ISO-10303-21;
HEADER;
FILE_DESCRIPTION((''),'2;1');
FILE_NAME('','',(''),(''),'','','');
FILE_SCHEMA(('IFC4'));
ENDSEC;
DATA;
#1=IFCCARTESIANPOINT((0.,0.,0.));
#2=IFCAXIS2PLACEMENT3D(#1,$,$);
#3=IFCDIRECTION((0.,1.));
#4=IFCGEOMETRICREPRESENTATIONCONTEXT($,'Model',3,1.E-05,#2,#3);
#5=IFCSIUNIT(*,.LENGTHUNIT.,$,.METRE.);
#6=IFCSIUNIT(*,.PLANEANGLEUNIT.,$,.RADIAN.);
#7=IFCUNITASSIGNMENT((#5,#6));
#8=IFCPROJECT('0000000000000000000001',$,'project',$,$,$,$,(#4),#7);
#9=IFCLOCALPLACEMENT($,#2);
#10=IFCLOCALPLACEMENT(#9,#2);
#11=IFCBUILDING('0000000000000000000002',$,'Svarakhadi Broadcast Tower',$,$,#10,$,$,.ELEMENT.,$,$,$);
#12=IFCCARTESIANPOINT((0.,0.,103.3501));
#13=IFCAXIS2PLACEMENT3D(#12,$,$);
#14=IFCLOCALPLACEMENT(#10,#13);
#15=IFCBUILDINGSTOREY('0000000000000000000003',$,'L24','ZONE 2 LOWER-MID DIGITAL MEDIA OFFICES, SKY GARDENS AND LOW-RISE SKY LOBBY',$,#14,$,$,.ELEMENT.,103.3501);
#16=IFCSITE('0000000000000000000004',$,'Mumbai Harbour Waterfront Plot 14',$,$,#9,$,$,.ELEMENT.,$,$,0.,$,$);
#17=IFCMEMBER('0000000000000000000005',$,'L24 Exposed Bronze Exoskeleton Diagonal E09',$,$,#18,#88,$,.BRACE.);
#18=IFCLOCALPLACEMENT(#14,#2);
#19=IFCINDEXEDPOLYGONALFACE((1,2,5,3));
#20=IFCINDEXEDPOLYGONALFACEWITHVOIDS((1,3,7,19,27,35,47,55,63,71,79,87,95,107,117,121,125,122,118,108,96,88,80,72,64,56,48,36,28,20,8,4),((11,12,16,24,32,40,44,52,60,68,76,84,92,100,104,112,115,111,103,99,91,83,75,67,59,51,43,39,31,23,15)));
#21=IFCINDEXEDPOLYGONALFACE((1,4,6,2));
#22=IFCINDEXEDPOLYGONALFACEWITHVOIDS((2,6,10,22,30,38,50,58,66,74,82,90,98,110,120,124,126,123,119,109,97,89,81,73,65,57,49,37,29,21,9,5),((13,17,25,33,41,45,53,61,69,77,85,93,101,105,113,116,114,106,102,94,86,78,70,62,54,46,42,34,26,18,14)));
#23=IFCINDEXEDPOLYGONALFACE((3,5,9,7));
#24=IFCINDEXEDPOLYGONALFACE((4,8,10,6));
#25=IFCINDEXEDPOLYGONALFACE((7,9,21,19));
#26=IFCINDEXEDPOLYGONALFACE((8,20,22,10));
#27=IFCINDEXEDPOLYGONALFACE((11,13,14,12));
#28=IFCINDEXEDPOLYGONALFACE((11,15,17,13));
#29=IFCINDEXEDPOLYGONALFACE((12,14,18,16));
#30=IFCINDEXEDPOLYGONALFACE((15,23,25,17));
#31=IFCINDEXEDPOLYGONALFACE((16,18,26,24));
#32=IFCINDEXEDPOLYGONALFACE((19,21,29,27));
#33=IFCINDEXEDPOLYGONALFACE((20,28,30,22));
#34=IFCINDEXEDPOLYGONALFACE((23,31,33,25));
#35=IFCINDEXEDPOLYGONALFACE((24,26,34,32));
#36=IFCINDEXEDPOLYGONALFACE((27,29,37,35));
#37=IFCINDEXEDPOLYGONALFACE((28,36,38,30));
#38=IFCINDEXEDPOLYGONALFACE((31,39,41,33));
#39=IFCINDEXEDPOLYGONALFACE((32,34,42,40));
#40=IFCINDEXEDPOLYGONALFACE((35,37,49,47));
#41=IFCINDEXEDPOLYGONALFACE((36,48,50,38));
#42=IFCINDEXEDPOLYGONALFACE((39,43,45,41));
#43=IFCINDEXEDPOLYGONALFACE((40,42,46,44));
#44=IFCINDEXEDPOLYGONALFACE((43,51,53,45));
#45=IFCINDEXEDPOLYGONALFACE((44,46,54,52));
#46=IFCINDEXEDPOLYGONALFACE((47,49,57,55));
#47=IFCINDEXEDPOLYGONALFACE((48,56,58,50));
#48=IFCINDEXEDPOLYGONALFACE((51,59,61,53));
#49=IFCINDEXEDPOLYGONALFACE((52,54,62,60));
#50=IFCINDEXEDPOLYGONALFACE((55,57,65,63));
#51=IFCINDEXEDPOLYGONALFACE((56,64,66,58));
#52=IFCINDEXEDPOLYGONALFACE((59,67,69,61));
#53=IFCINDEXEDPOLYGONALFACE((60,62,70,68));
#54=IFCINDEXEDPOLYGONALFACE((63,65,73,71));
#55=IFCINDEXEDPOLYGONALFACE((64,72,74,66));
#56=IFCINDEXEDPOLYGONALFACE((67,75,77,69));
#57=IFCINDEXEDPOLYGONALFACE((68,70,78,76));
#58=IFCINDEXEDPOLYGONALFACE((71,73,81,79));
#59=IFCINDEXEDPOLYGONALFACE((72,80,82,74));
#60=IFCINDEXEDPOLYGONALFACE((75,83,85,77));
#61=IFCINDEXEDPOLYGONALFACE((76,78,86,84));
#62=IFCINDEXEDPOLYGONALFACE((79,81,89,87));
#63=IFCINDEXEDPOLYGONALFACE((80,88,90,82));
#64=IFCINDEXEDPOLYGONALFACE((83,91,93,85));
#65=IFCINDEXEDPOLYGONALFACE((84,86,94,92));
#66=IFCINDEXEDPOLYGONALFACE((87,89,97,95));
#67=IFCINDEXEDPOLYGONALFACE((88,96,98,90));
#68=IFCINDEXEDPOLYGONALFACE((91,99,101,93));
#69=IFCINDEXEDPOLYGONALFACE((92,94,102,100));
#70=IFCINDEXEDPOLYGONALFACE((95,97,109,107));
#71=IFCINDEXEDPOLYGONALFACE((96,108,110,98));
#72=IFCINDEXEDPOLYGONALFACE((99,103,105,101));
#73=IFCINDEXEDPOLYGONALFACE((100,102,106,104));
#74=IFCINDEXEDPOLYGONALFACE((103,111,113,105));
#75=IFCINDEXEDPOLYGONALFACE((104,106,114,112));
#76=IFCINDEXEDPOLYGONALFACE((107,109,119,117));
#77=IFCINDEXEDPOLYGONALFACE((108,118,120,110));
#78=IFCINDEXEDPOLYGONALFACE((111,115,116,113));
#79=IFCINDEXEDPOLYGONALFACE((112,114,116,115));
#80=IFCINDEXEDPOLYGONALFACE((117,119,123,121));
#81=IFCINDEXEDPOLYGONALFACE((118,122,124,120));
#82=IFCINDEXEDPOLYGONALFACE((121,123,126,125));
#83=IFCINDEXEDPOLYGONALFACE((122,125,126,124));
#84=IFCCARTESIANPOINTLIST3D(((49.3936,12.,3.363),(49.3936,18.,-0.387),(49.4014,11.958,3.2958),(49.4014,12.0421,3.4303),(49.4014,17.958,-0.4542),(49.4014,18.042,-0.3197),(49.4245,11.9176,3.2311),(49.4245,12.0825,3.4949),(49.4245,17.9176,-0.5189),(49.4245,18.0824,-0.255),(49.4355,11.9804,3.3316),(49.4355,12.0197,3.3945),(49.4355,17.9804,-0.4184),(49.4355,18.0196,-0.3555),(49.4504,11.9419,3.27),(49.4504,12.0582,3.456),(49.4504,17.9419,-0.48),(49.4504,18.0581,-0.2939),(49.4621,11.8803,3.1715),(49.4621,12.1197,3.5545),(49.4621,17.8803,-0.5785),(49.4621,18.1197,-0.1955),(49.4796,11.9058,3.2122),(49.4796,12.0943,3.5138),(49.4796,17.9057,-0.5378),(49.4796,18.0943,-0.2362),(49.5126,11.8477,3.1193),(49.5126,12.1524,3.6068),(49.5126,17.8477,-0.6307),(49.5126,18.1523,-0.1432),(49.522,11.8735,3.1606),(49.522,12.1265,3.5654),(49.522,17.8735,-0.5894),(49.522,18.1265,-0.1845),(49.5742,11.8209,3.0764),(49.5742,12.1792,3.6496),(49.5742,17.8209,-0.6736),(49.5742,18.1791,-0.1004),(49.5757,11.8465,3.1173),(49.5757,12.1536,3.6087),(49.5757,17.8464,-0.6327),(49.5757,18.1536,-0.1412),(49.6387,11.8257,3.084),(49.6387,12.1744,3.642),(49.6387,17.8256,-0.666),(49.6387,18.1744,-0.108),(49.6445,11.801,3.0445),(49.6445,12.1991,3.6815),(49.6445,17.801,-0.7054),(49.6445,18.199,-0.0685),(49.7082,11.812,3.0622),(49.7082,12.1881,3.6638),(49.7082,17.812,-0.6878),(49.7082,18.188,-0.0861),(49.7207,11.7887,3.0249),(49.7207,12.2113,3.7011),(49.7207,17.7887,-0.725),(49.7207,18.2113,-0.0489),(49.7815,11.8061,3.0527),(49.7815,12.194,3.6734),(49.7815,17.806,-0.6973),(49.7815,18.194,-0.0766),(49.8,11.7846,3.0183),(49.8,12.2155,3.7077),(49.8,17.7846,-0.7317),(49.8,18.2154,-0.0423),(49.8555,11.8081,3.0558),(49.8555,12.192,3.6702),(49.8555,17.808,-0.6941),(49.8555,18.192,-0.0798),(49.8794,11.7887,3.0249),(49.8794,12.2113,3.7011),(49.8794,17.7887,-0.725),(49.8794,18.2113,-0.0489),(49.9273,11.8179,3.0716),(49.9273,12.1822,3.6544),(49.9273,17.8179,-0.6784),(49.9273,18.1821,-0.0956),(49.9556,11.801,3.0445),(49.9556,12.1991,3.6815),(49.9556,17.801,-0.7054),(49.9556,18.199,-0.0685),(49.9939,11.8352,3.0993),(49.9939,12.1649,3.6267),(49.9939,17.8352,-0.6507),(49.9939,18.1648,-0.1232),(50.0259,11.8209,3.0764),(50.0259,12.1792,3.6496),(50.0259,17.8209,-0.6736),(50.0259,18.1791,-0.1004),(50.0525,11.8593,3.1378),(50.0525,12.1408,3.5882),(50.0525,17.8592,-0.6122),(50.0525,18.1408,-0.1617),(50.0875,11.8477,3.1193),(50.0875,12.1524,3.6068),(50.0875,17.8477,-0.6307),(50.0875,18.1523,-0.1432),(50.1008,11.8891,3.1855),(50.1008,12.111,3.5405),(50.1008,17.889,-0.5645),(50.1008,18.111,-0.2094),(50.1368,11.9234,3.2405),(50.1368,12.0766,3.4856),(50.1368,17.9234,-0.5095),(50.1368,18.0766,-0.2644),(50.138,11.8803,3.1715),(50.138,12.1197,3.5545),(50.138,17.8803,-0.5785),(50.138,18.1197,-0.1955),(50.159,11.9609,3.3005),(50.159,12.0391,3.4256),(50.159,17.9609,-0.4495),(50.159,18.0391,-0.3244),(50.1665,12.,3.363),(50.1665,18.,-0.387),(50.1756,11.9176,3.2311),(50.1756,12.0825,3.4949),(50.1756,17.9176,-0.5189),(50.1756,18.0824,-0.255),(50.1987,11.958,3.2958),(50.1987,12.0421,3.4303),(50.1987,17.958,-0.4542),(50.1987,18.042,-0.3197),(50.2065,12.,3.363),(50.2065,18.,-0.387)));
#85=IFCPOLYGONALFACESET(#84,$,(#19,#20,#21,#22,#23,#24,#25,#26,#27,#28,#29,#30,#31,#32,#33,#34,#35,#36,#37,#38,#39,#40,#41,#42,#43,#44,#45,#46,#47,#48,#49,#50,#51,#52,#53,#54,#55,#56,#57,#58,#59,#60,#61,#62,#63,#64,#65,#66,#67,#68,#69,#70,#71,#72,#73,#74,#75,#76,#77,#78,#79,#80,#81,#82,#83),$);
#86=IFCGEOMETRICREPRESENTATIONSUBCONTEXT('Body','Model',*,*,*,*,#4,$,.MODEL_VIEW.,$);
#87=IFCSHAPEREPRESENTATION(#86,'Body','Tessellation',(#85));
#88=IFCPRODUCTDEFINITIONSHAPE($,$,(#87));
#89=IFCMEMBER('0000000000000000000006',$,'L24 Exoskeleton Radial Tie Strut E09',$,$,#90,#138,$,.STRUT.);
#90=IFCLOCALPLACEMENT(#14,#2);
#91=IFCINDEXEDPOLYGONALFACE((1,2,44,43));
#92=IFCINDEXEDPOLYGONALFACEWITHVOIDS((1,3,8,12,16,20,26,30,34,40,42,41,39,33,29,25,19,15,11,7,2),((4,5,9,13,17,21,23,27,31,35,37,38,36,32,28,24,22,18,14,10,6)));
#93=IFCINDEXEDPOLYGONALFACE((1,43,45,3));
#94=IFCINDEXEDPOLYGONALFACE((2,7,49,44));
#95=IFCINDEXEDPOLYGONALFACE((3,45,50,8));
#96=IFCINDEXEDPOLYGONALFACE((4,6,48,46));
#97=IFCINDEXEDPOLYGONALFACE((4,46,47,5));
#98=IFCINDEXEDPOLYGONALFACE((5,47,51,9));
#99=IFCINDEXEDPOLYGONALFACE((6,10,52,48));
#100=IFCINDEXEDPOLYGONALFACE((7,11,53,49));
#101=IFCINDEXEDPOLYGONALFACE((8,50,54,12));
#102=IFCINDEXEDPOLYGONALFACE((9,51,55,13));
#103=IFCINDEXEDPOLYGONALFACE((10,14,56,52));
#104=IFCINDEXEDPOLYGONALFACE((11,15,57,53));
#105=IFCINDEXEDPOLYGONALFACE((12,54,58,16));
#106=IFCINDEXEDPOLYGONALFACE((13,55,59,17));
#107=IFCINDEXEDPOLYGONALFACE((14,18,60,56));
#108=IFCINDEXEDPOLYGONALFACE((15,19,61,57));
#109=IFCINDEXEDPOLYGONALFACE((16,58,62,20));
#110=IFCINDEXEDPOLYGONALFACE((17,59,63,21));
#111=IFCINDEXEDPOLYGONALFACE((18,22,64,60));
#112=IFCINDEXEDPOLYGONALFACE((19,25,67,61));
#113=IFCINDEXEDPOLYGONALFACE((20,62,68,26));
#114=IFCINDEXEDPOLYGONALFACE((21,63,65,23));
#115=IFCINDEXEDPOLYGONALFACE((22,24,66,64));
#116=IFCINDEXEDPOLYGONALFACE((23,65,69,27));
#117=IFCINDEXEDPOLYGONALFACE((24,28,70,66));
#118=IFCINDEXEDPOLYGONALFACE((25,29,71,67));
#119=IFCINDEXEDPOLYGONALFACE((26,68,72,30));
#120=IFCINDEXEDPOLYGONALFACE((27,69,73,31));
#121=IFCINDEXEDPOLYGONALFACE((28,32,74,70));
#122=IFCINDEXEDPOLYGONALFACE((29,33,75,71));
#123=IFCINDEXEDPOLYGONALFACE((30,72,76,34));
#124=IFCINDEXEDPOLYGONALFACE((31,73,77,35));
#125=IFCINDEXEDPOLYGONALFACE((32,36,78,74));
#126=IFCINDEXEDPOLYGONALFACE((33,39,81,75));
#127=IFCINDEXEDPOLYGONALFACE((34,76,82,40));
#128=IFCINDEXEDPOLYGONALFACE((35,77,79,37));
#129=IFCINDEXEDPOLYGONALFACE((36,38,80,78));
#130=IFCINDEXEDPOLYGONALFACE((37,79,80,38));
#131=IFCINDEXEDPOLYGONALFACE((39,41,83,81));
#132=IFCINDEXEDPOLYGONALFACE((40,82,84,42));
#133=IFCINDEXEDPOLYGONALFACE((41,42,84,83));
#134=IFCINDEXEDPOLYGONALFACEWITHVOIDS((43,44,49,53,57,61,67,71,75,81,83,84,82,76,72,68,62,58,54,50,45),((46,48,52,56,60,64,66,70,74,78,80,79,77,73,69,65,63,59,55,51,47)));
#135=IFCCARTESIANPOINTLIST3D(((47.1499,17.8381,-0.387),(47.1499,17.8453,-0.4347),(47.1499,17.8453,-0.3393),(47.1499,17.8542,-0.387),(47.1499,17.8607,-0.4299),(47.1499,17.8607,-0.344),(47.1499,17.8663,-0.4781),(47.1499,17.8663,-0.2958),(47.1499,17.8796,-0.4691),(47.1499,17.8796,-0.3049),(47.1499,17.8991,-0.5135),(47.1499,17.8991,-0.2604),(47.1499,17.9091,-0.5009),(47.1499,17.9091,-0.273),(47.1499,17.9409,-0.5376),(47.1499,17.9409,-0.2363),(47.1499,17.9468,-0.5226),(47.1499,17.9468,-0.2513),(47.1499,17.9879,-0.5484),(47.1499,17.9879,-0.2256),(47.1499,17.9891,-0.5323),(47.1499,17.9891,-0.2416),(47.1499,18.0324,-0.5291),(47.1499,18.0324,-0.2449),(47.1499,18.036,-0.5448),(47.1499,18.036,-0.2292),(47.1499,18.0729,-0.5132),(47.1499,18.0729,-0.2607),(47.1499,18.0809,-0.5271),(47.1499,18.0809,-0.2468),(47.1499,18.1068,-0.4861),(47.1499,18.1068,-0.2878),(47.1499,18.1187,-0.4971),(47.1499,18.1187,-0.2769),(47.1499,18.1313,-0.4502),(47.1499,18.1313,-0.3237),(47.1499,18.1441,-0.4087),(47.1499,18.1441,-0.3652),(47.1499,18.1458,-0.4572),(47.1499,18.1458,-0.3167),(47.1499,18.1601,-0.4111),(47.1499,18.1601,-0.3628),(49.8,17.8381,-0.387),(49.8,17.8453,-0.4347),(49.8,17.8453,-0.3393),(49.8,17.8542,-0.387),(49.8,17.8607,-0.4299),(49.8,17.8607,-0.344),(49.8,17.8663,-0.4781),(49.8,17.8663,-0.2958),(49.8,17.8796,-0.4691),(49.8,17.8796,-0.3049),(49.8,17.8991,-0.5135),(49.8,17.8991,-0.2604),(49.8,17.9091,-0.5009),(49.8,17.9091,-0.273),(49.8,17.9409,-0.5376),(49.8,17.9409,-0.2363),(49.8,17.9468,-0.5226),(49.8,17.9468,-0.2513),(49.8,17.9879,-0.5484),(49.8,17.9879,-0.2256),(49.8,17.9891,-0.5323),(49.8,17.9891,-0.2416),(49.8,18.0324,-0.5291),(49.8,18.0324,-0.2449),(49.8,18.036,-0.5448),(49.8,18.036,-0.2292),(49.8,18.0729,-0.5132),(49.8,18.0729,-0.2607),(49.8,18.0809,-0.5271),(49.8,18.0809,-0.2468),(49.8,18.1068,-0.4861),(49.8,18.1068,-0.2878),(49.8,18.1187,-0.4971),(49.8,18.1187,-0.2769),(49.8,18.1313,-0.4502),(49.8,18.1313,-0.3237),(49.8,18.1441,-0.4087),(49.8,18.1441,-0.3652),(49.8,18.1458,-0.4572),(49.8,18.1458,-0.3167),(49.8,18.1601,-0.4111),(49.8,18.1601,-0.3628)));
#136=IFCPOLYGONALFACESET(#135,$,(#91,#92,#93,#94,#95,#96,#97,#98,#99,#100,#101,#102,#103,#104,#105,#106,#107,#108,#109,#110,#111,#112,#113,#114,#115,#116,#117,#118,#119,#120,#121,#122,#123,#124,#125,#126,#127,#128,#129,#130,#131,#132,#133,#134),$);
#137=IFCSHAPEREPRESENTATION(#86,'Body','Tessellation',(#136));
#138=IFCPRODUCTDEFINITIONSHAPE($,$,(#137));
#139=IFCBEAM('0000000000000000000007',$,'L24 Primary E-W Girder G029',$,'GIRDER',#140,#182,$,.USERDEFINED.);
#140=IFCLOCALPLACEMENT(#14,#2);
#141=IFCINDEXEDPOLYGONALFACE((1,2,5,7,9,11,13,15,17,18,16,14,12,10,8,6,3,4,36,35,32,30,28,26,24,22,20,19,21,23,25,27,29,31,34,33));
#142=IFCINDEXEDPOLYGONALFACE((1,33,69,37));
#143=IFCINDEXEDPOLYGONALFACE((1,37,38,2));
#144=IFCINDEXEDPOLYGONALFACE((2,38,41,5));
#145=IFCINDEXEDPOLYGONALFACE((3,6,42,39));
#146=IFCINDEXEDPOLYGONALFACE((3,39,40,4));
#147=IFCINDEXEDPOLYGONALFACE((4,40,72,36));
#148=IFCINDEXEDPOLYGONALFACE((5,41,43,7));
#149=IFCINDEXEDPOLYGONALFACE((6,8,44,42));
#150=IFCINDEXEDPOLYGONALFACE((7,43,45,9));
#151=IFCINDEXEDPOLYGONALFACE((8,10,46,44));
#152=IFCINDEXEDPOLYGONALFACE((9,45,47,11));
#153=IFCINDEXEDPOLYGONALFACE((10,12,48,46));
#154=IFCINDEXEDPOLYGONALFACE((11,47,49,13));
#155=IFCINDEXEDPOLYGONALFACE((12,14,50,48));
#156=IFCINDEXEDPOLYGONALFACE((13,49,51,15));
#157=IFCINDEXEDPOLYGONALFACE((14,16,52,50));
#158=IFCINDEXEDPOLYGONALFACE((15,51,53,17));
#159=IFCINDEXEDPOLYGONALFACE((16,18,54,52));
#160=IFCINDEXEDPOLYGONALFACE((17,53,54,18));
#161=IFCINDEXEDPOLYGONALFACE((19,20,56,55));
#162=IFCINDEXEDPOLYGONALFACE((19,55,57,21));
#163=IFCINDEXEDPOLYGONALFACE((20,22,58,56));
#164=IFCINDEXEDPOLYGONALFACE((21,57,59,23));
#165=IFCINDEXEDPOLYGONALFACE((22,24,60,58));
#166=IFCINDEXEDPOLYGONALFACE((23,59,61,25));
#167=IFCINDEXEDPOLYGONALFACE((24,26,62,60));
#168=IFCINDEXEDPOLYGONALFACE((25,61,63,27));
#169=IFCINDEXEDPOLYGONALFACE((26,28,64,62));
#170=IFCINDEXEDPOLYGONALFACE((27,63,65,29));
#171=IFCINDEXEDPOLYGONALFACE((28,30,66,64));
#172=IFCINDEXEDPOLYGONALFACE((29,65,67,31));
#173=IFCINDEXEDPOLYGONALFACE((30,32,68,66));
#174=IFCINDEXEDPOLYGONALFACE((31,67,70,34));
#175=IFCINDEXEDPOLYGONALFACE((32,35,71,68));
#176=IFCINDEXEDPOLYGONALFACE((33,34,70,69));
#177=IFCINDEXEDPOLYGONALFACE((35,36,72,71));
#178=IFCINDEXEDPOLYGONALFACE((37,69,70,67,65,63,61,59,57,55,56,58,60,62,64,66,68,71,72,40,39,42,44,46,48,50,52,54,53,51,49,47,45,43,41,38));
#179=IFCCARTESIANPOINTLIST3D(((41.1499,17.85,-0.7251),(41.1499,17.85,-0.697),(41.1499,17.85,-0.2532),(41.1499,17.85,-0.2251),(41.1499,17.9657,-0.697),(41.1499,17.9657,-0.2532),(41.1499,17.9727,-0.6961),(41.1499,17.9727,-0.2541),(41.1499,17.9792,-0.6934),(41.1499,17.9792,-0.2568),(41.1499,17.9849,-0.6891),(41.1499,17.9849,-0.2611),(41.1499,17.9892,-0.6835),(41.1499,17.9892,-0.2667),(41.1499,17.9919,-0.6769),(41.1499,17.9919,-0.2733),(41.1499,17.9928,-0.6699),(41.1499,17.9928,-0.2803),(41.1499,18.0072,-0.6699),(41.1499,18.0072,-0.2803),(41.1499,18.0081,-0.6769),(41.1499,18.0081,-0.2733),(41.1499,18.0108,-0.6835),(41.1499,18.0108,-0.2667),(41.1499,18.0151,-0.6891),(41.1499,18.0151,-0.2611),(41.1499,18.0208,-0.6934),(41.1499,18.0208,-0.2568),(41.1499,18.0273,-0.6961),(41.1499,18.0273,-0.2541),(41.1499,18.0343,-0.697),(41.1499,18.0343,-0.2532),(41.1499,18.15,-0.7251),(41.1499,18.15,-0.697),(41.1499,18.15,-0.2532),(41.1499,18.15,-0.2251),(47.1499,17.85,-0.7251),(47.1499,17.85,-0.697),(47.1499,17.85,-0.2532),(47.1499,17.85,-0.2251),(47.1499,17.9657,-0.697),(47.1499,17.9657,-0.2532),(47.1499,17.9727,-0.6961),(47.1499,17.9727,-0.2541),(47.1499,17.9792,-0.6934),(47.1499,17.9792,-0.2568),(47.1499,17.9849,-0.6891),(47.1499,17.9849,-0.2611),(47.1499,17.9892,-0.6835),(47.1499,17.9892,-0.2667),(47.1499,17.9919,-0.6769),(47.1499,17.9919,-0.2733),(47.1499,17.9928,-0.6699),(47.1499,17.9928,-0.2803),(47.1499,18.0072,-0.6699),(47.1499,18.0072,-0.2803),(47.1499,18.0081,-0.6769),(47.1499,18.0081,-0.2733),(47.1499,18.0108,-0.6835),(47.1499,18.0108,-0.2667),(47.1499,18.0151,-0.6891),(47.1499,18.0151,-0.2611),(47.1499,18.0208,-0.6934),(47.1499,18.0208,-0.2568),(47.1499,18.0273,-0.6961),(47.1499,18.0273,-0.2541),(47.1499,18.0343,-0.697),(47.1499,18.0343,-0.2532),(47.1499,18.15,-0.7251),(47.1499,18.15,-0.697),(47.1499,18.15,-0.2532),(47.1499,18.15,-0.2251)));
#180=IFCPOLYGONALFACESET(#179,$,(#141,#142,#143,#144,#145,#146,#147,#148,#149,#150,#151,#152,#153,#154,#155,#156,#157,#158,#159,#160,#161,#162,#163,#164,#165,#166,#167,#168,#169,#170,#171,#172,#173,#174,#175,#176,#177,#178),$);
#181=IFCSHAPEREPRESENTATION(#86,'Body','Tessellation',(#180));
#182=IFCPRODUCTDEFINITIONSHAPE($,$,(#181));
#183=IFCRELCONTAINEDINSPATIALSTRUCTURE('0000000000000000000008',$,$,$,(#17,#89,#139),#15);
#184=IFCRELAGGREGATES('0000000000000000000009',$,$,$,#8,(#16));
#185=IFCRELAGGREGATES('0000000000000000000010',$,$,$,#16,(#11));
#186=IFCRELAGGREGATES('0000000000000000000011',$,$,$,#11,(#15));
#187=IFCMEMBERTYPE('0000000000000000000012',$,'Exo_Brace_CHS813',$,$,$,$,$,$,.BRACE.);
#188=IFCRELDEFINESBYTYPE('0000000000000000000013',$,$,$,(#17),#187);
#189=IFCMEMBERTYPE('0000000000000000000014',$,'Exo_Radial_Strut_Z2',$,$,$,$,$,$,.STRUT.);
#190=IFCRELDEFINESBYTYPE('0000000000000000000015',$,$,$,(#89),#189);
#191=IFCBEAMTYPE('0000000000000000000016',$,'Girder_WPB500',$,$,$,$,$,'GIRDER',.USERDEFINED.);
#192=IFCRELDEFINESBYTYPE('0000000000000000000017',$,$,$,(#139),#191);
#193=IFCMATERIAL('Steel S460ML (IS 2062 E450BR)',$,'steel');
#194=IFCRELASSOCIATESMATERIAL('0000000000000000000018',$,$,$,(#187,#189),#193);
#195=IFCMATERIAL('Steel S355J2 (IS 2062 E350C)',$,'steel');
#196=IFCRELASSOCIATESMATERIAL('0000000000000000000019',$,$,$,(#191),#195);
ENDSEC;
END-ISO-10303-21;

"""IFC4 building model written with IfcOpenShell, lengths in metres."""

from ifc_helpers import new_model, si_unit, direction, frame, origin, origin_2d, place, context, subcontext, project, spatial, hollow_circle, i_section, extrude, material, material_profile, profile_set, type_object, element, save


model = new_model("IFC4")

# Units and contexts
model_context = context("Model", 3, precision=1e-05, world=origin(), true_north=direction((0.0, 1.0)))
body_context = subcontext(model_context, "Body", "Model", "MODEL_VIEW")
ifc_project = project(units=[si_unit("LENGTHUNIT", "METRE"), si_unit("PLANEANGLEUNIT", "RADIAN")], contexts=[model_context])

# Site, building, storey
site_placement = place(None, origin())
site = spatial("IfcSite", under=ifc_project, at=site_placement, Name="Mumbai Harbour Waterfront Plot 14", CompositionType="ELEMENT", RefElevation=0.0)
building_placement = place(site_placement, origin())
building = spatial("IfcBuilding", under=site, at=building_placement, Name="Svarakhadi Broadcast Tower", CompositionType="ELEMENT")
storey_placement = place(building_placement, frame((0.0, 0.0, 103.3501)))
storey = spatial("IfcBuildingStorey", under=building, at=storey_placement, Name="L24", Description="ZONE 2 LOWER-MID DIGITAL MEDIA OFFICES, SKY GARDENS AND LOW-RISE SKY LOBBY", CompositionType="ELEMENT", Elevation=103.3501)

# Shared definitions
ifc_material_1 = material(Name="Steel S460ML (IS 2062 E450BR)", Category="steel")

# Shared definitions
ifc_material_2 = material(Name="Steel S355J2 (IS 2062 E350C)", Category="steel")

# Members
ifc_material_profile_1 = material_profile(ifc_material_1, hollow_circle(Radius=0.4065, WallThickness=0.04, at=origin_2d()), Name="CHS 813x40")
ifc_profile_set_1 = profile_set([ifc_material_profile_1], Name="Steel S460ML (IS 2062 E450BR)")
member_type_1 = type_object("IfcMemberType", Name="Exo_Brace_CHS813", PredefinedType="BRACE", material=ifc_profile_set_1)
member_1_placement = place(storey_placement, frame((49.8, 18.0, -0.387), z_axis=(0.0, -0.847998, 0.529999), x_axis=(1.0, 0.0, 0.0)))
element("IfcMember", 1, at=member_1_placement, inside=storey, type_object=member_type_1, Name="L24 Exposed Bronze Exoskeleton Diagonal E09", PredefinedType="BRACE", context=body_context, shape_type="SweptSolid", body=[
    extrude(hollow_circle(Radius=0.4065, WallThickness=0.04, at=origin_2d()), origin(), (0.0, 0.0, 1.0), 7.0754),
])
ifc_material_profile_2 = material_profile(ifc_material_1, hollow_circle(Radius=0.1619, WallThickness=0.0161, at=origin_2d()), Name="CHS 323.9x16")
ifc_profile_set_2 = profile_set([ifc_material_profile_2], Name="Steel S460ML (IS 2062 E450BR)")
member_type_2 = type_object("IfcMemberType", Name="Exo_Radial_Strut_Z2", PredefinedType="STRUT", material=ifc_profile_set_2)
member_2_placement = place(storey_placement, frame((49.8, 18.0, -0.387), z_axis=(-1.0, 0.0, 0.0), x_axis=(0.0, -1.0, 0.0)))
element("IfcMember", 2, at=member_2_placement, inside=storey, type_object=member_type_2, Name="L24 Exoskeleton Radial Tie Strut E09", PredefinedType="STRUT", context=body_context, shape_type="SweptSolid", body=[
    extrude(hollow_circle(Radius=0.1619, WallThickness=0.0161, at=origin_2d()), origin(), (0.0, 0.0, 1.0), 2.6501),
])

# Beam
ifc_material_profile_3 = material_profile(ifc_material_2, i_section(OverallWidth=0.3, OverallDepth=0.5, WebThickness=0.0144, FlangeThickness=0.0281, FilletRadius=0.0271, at=origin_2d()), Name="WPB 500x300x187")
ifc_profile_set_3 = profile_set([ifc_material_profile_3], Name="Steel S355J2 (IS 2062 E350C)")
beam_type_1 = type_object("IfcBeamType", Name="Girder_WPB500", ElementType="GIRDER", PredefinedType="USERDEFINED", material=ifc_profile_set_3)
for number, where, z_axis, x_axis, name in (
    (3, (41.1499, 18.0, -0.4751), (1.0, 0.0, 0.0), (0.0, 1.0, 0.0), "L24 Primary E-W Girder G029"),
):
    element("IfcBeam", number, at=place(storey_placement, frame(where, z_axis=z_axis, x_axis=x_axis)), inside=storey, type_object=beam_type_1, Name=name, ObjectType="GIRDER", PredefinedType="USERDEFINED", context=body_context, shape_type="SweptSolid", body=[
        extrude(i_section(OverallWidth=0.3, OverallDepth=0.5, WebThickness=0.0144, FlangeThickness=0.0281, FilletRadius=0.0271, at=origin_2d()), origin(), (0.0, 0.0, 1.0), 6.0),
    ])

save(model, "model.ifc")
